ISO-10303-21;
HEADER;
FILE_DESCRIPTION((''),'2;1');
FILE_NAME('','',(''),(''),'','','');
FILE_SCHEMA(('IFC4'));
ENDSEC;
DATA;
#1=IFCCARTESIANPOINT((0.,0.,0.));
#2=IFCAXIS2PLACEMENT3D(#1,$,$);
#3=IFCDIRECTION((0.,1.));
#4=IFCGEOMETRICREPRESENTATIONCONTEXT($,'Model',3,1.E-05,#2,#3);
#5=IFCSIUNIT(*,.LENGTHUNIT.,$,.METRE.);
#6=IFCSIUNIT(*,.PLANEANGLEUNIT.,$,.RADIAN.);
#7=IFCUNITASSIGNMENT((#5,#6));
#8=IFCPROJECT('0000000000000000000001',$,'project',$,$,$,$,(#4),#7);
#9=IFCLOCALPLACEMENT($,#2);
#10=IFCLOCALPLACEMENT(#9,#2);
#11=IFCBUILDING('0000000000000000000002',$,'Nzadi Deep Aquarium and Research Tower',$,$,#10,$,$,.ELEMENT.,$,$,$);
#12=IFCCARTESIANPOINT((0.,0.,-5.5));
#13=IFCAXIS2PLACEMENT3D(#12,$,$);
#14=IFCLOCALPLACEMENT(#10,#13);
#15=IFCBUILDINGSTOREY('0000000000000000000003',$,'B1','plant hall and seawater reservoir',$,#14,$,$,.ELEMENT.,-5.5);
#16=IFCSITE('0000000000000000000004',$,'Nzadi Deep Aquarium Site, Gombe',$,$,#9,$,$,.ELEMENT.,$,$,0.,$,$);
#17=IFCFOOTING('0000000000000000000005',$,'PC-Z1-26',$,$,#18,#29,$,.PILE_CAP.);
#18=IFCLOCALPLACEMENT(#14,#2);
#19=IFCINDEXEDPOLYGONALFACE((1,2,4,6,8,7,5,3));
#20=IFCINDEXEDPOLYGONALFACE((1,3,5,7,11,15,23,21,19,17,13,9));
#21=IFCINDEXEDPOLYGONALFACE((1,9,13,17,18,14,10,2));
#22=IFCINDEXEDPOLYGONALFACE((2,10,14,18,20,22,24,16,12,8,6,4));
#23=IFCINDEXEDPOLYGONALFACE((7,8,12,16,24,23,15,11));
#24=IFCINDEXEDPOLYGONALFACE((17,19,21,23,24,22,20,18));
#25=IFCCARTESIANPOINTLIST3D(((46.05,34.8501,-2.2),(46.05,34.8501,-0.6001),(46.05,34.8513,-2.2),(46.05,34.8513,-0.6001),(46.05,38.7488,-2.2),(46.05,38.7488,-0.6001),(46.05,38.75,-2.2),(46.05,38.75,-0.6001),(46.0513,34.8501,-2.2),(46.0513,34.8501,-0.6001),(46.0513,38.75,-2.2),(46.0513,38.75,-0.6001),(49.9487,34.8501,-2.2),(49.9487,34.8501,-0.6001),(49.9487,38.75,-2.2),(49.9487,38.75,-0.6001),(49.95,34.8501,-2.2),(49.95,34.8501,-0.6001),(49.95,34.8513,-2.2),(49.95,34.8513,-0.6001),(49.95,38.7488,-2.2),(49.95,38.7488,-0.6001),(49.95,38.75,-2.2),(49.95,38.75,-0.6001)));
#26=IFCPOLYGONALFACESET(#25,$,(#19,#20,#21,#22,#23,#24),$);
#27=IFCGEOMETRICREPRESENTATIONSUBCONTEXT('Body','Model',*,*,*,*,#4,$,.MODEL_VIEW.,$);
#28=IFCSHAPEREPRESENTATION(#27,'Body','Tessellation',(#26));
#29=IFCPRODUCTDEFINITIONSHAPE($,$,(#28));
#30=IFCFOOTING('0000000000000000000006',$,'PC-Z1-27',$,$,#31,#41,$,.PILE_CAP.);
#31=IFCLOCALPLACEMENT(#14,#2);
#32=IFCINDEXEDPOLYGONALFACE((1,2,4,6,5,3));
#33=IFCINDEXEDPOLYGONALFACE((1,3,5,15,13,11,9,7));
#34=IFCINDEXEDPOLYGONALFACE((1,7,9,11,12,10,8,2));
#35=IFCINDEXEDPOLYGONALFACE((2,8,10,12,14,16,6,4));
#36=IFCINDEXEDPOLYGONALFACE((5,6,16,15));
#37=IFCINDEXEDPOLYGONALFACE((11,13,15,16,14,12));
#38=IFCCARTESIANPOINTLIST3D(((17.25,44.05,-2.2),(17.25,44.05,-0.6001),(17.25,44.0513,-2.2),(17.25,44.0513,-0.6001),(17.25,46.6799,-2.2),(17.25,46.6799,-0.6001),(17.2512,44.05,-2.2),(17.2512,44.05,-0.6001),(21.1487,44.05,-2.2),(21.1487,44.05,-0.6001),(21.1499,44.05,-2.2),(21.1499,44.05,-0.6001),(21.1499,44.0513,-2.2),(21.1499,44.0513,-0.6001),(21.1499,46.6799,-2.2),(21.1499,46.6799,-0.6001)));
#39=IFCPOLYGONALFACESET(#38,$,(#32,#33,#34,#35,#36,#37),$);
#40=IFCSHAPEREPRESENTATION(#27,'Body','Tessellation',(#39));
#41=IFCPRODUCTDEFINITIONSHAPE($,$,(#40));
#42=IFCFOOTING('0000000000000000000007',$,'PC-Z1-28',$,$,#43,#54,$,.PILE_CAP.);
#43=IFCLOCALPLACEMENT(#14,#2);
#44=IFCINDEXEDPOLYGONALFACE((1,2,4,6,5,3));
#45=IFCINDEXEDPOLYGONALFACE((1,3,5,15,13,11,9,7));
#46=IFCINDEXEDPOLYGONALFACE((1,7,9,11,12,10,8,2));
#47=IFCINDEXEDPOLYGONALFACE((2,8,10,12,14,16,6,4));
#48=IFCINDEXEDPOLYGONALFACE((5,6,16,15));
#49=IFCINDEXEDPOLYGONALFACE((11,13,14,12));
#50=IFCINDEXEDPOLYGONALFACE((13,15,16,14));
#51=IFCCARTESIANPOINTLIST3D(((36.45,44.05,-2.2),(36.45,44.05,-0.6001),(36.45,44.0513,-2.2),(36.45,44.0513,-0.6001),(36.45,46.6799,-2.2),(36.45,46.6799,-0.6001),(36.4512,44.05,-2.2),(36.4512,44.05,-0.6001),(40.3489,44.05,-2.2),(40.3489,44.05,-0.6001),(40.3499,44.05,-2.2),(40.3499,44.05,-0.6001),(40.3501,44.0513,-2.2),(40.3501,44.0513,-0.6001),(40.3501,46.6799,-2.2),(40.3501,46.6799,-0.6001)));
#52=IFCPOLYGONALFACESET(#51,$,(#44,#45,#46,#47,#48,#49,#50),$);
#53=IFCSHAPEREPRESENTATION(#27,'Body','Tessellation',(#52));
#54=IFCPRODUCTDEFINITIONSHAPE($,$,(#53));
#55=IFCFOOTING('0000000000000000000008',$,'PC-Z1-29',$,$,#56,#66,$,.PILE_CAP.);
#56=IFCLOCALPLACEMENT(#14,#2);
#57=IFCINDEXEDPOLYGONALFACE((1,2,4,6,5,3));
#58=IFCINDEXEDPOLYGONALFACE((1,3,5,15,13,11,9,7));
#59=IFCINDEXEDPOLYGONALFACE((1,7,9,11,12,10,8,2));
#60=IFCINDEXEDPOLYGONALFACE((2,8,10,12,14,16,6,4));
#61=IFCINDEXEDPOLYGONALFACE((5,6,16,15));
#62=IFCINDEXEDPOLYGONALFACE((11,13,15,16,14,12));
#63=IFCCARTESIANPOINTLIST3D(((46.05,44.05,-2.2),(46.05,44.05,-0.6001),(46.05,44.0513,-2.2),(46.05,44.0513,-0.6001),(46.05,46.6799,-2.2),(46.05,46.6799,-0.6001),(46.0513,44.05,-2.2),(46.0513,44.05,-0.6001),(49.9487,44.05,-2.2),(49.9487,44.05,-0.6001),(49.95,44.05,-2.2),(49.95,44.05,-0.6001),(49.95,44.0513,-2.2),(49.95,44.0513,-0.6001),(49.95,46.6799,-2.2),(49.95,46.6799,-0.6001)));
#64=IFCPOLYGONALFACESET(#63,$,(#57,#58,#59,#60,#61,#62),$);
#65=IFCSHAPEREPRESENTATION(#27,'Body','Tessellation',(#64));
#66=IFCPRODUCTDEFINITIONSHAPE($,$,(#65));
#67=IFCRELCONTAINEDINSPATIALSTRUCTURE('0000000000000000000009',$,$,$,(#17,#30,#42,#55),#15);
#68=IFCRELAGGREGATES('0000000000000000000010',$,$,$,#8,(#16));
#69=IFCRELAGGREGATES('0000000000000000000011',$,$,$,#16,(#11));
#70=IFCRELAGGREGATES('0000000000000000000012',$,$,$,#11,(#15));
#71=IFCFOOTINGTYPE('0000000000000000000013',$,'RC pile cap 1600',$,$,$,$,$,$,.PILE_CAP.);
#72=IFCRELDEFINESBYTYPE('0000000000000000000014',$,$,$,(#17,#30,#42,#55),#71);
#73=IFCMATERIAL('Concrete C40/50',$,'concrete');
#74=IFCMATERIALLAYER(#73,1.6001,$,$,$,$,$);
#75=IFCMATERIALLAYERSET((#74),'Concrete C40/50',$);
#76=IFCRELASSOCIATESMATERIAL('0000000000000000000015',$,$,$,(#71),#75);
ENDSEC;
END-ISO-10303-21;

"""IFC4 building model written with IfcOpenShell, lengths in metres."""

from ifc_helpers import new_model, si_unit, direction, frame, origin, place, context, subcontext, project, spatial, polyline, outline, extrude, material, layer, layer_set, type_object, element, save


model = new_model("IFC4")

# Units and contexts
model_context = context("Model", 3, precision=1e-05, world=origin(), true_north=direction((0.0, 1.0)))
body_context = subcontext(model_context, "Body", "Model", "MODEL_VIEW")
ifc_project = project(units=[si_unit("LENGTHUNIT", "METRE"), si_unit("PLANEANGLEUNIT", "RADIAN")], contexts=[model_context])

# Site, building, storey
site_placement = place(None, origin())
site = spatial("IfcSite", under=ifc_project, at=site_placement, Name="Nzadi Deep Aquarium Site, Gombe", CompositionType="ELEMENT", RefElevation=0.0)
building_placement = place(site_placement, origin())
building = spatial("IfcBuilding", under=site, at=building_placement, Name="Nzadi Deep Aquarium and Research Tower", CompositionType="ELEMENT")
storey_placement = place(building_placement, frame((0.0, 0.0, -5.5)))
storey = spatial("IfcBuildingStorey", under=building, at=storey_placement, Name="B1", Description="plant hall and seawater reservoir", CompositionType="ELEMENT", Elevation=-5.5)

# Footings
ifc_material_1 = material(Name="Concrete C40/50", Category="concrete")
ifc_layer_1 = layer(ifc_material_1, 1.6001)
ifc_layer_set_1 = layer_set([ifc_layer_1], Name="Concrete C40/50")
footing_type_1 = type_object("IfcFootingType", Name="RC pile cap 1600", PredefinedType="PILE_CAP", material=ifc_layer_set_1)
footing_1_placement = place(storey_placement, frame((0.0, 0.0, -2.2)))
element("IfcFooting", 1, at=footing_1_placement, inside=storey, type_object=footing_type_1, Name="PC-Z1-26", PredefinedType="PILE_CAP", context=body_context, shape_type="SweptSolid", body=[
    extrude(outline(polyline([(46.05, 38.7488), (46.05, 34.8513), (46.05, 34.8501), (46.0513, 34.8501), (49.9487, 34.8501), (49.95, 34.8501), (49.95, 34.8513), (49.95, 38.7488), (49.95, 38.75), (49.9487, 38.75), (46.0513, 38.75), (46.05, 38.75), (46.05, 38.7488)])), origin(), (0.0, 0.0, 1.0), 1.5999),
])
footing_2_placement = place(storey_placement, frame((0.0, 0.0, -2.2)))
element("IfcFooting", 2, at=footing_2_placement, inside=storey, type_object=footing_type_1, Name="PC-Z1-27", PredefinedType="PILE_CAP", context=body_context, shape_type="SweptSolid", body=[
    extrude(outline(polyline([(17.25, 46.6799), (17.25, 44.0513), (17.25, 44.05), (17.2512, 44.05), (21.1487, 44.05), (21.1499, 44.05), (21.1499, 44.0513), (21.1499, 46.6799), (17.25, 46.6799)])), origin(), (0.0, 0.0, 1.0), 1.5999),
])
footing_3_placement = place(storey_placement, frame((0.0, 0.0, -2.2)))
element("IfcFooting", 3, at=footing_3_placement, inside=storey, type_object=footing_type_1, Name="PC-Z1-28", PredefinedType="PILE_CAP", context=body_context, shape_type="SweptSolid", body=[
    extrude(outline(polyline([(36.45, 46.6799), (36.45, 44.0513), (36.45, 44.05), (36.4512, 44.05), (40.3489, 44.05), (40.3499, 44.05), (40.3501, 44.0513), (40.3501, 46.6799), (36.45, 46.6799)])), origin(), (0.0, 0.0, 1.0), 1.5999),
])
footing_4_placement = place(storey_placement, frame((0.0, 0.0, -2.2)))
element("IfcFooting", 4, at=footing_4_placement, inside=storey, type_object=footing_type_1, Name="PC-Z1-29", PredefinedType="PILE_CAP", context=body_context, shape_type="SweptSolid", body=[
    extrude(outline(polyline([(46.05, 46.6799), (46.05, 44.0513), (46.05, 44.05), (46.0513, 44.05), (49.9487, 44.05), (49.95, 44.05), (49.95, 44.0513), (49.95, 46.6799), (46.05, 46.6799)])), origin(), (0.0, 0.0, 1.0), 1.5999),
])

save(model, "model.ifc")
